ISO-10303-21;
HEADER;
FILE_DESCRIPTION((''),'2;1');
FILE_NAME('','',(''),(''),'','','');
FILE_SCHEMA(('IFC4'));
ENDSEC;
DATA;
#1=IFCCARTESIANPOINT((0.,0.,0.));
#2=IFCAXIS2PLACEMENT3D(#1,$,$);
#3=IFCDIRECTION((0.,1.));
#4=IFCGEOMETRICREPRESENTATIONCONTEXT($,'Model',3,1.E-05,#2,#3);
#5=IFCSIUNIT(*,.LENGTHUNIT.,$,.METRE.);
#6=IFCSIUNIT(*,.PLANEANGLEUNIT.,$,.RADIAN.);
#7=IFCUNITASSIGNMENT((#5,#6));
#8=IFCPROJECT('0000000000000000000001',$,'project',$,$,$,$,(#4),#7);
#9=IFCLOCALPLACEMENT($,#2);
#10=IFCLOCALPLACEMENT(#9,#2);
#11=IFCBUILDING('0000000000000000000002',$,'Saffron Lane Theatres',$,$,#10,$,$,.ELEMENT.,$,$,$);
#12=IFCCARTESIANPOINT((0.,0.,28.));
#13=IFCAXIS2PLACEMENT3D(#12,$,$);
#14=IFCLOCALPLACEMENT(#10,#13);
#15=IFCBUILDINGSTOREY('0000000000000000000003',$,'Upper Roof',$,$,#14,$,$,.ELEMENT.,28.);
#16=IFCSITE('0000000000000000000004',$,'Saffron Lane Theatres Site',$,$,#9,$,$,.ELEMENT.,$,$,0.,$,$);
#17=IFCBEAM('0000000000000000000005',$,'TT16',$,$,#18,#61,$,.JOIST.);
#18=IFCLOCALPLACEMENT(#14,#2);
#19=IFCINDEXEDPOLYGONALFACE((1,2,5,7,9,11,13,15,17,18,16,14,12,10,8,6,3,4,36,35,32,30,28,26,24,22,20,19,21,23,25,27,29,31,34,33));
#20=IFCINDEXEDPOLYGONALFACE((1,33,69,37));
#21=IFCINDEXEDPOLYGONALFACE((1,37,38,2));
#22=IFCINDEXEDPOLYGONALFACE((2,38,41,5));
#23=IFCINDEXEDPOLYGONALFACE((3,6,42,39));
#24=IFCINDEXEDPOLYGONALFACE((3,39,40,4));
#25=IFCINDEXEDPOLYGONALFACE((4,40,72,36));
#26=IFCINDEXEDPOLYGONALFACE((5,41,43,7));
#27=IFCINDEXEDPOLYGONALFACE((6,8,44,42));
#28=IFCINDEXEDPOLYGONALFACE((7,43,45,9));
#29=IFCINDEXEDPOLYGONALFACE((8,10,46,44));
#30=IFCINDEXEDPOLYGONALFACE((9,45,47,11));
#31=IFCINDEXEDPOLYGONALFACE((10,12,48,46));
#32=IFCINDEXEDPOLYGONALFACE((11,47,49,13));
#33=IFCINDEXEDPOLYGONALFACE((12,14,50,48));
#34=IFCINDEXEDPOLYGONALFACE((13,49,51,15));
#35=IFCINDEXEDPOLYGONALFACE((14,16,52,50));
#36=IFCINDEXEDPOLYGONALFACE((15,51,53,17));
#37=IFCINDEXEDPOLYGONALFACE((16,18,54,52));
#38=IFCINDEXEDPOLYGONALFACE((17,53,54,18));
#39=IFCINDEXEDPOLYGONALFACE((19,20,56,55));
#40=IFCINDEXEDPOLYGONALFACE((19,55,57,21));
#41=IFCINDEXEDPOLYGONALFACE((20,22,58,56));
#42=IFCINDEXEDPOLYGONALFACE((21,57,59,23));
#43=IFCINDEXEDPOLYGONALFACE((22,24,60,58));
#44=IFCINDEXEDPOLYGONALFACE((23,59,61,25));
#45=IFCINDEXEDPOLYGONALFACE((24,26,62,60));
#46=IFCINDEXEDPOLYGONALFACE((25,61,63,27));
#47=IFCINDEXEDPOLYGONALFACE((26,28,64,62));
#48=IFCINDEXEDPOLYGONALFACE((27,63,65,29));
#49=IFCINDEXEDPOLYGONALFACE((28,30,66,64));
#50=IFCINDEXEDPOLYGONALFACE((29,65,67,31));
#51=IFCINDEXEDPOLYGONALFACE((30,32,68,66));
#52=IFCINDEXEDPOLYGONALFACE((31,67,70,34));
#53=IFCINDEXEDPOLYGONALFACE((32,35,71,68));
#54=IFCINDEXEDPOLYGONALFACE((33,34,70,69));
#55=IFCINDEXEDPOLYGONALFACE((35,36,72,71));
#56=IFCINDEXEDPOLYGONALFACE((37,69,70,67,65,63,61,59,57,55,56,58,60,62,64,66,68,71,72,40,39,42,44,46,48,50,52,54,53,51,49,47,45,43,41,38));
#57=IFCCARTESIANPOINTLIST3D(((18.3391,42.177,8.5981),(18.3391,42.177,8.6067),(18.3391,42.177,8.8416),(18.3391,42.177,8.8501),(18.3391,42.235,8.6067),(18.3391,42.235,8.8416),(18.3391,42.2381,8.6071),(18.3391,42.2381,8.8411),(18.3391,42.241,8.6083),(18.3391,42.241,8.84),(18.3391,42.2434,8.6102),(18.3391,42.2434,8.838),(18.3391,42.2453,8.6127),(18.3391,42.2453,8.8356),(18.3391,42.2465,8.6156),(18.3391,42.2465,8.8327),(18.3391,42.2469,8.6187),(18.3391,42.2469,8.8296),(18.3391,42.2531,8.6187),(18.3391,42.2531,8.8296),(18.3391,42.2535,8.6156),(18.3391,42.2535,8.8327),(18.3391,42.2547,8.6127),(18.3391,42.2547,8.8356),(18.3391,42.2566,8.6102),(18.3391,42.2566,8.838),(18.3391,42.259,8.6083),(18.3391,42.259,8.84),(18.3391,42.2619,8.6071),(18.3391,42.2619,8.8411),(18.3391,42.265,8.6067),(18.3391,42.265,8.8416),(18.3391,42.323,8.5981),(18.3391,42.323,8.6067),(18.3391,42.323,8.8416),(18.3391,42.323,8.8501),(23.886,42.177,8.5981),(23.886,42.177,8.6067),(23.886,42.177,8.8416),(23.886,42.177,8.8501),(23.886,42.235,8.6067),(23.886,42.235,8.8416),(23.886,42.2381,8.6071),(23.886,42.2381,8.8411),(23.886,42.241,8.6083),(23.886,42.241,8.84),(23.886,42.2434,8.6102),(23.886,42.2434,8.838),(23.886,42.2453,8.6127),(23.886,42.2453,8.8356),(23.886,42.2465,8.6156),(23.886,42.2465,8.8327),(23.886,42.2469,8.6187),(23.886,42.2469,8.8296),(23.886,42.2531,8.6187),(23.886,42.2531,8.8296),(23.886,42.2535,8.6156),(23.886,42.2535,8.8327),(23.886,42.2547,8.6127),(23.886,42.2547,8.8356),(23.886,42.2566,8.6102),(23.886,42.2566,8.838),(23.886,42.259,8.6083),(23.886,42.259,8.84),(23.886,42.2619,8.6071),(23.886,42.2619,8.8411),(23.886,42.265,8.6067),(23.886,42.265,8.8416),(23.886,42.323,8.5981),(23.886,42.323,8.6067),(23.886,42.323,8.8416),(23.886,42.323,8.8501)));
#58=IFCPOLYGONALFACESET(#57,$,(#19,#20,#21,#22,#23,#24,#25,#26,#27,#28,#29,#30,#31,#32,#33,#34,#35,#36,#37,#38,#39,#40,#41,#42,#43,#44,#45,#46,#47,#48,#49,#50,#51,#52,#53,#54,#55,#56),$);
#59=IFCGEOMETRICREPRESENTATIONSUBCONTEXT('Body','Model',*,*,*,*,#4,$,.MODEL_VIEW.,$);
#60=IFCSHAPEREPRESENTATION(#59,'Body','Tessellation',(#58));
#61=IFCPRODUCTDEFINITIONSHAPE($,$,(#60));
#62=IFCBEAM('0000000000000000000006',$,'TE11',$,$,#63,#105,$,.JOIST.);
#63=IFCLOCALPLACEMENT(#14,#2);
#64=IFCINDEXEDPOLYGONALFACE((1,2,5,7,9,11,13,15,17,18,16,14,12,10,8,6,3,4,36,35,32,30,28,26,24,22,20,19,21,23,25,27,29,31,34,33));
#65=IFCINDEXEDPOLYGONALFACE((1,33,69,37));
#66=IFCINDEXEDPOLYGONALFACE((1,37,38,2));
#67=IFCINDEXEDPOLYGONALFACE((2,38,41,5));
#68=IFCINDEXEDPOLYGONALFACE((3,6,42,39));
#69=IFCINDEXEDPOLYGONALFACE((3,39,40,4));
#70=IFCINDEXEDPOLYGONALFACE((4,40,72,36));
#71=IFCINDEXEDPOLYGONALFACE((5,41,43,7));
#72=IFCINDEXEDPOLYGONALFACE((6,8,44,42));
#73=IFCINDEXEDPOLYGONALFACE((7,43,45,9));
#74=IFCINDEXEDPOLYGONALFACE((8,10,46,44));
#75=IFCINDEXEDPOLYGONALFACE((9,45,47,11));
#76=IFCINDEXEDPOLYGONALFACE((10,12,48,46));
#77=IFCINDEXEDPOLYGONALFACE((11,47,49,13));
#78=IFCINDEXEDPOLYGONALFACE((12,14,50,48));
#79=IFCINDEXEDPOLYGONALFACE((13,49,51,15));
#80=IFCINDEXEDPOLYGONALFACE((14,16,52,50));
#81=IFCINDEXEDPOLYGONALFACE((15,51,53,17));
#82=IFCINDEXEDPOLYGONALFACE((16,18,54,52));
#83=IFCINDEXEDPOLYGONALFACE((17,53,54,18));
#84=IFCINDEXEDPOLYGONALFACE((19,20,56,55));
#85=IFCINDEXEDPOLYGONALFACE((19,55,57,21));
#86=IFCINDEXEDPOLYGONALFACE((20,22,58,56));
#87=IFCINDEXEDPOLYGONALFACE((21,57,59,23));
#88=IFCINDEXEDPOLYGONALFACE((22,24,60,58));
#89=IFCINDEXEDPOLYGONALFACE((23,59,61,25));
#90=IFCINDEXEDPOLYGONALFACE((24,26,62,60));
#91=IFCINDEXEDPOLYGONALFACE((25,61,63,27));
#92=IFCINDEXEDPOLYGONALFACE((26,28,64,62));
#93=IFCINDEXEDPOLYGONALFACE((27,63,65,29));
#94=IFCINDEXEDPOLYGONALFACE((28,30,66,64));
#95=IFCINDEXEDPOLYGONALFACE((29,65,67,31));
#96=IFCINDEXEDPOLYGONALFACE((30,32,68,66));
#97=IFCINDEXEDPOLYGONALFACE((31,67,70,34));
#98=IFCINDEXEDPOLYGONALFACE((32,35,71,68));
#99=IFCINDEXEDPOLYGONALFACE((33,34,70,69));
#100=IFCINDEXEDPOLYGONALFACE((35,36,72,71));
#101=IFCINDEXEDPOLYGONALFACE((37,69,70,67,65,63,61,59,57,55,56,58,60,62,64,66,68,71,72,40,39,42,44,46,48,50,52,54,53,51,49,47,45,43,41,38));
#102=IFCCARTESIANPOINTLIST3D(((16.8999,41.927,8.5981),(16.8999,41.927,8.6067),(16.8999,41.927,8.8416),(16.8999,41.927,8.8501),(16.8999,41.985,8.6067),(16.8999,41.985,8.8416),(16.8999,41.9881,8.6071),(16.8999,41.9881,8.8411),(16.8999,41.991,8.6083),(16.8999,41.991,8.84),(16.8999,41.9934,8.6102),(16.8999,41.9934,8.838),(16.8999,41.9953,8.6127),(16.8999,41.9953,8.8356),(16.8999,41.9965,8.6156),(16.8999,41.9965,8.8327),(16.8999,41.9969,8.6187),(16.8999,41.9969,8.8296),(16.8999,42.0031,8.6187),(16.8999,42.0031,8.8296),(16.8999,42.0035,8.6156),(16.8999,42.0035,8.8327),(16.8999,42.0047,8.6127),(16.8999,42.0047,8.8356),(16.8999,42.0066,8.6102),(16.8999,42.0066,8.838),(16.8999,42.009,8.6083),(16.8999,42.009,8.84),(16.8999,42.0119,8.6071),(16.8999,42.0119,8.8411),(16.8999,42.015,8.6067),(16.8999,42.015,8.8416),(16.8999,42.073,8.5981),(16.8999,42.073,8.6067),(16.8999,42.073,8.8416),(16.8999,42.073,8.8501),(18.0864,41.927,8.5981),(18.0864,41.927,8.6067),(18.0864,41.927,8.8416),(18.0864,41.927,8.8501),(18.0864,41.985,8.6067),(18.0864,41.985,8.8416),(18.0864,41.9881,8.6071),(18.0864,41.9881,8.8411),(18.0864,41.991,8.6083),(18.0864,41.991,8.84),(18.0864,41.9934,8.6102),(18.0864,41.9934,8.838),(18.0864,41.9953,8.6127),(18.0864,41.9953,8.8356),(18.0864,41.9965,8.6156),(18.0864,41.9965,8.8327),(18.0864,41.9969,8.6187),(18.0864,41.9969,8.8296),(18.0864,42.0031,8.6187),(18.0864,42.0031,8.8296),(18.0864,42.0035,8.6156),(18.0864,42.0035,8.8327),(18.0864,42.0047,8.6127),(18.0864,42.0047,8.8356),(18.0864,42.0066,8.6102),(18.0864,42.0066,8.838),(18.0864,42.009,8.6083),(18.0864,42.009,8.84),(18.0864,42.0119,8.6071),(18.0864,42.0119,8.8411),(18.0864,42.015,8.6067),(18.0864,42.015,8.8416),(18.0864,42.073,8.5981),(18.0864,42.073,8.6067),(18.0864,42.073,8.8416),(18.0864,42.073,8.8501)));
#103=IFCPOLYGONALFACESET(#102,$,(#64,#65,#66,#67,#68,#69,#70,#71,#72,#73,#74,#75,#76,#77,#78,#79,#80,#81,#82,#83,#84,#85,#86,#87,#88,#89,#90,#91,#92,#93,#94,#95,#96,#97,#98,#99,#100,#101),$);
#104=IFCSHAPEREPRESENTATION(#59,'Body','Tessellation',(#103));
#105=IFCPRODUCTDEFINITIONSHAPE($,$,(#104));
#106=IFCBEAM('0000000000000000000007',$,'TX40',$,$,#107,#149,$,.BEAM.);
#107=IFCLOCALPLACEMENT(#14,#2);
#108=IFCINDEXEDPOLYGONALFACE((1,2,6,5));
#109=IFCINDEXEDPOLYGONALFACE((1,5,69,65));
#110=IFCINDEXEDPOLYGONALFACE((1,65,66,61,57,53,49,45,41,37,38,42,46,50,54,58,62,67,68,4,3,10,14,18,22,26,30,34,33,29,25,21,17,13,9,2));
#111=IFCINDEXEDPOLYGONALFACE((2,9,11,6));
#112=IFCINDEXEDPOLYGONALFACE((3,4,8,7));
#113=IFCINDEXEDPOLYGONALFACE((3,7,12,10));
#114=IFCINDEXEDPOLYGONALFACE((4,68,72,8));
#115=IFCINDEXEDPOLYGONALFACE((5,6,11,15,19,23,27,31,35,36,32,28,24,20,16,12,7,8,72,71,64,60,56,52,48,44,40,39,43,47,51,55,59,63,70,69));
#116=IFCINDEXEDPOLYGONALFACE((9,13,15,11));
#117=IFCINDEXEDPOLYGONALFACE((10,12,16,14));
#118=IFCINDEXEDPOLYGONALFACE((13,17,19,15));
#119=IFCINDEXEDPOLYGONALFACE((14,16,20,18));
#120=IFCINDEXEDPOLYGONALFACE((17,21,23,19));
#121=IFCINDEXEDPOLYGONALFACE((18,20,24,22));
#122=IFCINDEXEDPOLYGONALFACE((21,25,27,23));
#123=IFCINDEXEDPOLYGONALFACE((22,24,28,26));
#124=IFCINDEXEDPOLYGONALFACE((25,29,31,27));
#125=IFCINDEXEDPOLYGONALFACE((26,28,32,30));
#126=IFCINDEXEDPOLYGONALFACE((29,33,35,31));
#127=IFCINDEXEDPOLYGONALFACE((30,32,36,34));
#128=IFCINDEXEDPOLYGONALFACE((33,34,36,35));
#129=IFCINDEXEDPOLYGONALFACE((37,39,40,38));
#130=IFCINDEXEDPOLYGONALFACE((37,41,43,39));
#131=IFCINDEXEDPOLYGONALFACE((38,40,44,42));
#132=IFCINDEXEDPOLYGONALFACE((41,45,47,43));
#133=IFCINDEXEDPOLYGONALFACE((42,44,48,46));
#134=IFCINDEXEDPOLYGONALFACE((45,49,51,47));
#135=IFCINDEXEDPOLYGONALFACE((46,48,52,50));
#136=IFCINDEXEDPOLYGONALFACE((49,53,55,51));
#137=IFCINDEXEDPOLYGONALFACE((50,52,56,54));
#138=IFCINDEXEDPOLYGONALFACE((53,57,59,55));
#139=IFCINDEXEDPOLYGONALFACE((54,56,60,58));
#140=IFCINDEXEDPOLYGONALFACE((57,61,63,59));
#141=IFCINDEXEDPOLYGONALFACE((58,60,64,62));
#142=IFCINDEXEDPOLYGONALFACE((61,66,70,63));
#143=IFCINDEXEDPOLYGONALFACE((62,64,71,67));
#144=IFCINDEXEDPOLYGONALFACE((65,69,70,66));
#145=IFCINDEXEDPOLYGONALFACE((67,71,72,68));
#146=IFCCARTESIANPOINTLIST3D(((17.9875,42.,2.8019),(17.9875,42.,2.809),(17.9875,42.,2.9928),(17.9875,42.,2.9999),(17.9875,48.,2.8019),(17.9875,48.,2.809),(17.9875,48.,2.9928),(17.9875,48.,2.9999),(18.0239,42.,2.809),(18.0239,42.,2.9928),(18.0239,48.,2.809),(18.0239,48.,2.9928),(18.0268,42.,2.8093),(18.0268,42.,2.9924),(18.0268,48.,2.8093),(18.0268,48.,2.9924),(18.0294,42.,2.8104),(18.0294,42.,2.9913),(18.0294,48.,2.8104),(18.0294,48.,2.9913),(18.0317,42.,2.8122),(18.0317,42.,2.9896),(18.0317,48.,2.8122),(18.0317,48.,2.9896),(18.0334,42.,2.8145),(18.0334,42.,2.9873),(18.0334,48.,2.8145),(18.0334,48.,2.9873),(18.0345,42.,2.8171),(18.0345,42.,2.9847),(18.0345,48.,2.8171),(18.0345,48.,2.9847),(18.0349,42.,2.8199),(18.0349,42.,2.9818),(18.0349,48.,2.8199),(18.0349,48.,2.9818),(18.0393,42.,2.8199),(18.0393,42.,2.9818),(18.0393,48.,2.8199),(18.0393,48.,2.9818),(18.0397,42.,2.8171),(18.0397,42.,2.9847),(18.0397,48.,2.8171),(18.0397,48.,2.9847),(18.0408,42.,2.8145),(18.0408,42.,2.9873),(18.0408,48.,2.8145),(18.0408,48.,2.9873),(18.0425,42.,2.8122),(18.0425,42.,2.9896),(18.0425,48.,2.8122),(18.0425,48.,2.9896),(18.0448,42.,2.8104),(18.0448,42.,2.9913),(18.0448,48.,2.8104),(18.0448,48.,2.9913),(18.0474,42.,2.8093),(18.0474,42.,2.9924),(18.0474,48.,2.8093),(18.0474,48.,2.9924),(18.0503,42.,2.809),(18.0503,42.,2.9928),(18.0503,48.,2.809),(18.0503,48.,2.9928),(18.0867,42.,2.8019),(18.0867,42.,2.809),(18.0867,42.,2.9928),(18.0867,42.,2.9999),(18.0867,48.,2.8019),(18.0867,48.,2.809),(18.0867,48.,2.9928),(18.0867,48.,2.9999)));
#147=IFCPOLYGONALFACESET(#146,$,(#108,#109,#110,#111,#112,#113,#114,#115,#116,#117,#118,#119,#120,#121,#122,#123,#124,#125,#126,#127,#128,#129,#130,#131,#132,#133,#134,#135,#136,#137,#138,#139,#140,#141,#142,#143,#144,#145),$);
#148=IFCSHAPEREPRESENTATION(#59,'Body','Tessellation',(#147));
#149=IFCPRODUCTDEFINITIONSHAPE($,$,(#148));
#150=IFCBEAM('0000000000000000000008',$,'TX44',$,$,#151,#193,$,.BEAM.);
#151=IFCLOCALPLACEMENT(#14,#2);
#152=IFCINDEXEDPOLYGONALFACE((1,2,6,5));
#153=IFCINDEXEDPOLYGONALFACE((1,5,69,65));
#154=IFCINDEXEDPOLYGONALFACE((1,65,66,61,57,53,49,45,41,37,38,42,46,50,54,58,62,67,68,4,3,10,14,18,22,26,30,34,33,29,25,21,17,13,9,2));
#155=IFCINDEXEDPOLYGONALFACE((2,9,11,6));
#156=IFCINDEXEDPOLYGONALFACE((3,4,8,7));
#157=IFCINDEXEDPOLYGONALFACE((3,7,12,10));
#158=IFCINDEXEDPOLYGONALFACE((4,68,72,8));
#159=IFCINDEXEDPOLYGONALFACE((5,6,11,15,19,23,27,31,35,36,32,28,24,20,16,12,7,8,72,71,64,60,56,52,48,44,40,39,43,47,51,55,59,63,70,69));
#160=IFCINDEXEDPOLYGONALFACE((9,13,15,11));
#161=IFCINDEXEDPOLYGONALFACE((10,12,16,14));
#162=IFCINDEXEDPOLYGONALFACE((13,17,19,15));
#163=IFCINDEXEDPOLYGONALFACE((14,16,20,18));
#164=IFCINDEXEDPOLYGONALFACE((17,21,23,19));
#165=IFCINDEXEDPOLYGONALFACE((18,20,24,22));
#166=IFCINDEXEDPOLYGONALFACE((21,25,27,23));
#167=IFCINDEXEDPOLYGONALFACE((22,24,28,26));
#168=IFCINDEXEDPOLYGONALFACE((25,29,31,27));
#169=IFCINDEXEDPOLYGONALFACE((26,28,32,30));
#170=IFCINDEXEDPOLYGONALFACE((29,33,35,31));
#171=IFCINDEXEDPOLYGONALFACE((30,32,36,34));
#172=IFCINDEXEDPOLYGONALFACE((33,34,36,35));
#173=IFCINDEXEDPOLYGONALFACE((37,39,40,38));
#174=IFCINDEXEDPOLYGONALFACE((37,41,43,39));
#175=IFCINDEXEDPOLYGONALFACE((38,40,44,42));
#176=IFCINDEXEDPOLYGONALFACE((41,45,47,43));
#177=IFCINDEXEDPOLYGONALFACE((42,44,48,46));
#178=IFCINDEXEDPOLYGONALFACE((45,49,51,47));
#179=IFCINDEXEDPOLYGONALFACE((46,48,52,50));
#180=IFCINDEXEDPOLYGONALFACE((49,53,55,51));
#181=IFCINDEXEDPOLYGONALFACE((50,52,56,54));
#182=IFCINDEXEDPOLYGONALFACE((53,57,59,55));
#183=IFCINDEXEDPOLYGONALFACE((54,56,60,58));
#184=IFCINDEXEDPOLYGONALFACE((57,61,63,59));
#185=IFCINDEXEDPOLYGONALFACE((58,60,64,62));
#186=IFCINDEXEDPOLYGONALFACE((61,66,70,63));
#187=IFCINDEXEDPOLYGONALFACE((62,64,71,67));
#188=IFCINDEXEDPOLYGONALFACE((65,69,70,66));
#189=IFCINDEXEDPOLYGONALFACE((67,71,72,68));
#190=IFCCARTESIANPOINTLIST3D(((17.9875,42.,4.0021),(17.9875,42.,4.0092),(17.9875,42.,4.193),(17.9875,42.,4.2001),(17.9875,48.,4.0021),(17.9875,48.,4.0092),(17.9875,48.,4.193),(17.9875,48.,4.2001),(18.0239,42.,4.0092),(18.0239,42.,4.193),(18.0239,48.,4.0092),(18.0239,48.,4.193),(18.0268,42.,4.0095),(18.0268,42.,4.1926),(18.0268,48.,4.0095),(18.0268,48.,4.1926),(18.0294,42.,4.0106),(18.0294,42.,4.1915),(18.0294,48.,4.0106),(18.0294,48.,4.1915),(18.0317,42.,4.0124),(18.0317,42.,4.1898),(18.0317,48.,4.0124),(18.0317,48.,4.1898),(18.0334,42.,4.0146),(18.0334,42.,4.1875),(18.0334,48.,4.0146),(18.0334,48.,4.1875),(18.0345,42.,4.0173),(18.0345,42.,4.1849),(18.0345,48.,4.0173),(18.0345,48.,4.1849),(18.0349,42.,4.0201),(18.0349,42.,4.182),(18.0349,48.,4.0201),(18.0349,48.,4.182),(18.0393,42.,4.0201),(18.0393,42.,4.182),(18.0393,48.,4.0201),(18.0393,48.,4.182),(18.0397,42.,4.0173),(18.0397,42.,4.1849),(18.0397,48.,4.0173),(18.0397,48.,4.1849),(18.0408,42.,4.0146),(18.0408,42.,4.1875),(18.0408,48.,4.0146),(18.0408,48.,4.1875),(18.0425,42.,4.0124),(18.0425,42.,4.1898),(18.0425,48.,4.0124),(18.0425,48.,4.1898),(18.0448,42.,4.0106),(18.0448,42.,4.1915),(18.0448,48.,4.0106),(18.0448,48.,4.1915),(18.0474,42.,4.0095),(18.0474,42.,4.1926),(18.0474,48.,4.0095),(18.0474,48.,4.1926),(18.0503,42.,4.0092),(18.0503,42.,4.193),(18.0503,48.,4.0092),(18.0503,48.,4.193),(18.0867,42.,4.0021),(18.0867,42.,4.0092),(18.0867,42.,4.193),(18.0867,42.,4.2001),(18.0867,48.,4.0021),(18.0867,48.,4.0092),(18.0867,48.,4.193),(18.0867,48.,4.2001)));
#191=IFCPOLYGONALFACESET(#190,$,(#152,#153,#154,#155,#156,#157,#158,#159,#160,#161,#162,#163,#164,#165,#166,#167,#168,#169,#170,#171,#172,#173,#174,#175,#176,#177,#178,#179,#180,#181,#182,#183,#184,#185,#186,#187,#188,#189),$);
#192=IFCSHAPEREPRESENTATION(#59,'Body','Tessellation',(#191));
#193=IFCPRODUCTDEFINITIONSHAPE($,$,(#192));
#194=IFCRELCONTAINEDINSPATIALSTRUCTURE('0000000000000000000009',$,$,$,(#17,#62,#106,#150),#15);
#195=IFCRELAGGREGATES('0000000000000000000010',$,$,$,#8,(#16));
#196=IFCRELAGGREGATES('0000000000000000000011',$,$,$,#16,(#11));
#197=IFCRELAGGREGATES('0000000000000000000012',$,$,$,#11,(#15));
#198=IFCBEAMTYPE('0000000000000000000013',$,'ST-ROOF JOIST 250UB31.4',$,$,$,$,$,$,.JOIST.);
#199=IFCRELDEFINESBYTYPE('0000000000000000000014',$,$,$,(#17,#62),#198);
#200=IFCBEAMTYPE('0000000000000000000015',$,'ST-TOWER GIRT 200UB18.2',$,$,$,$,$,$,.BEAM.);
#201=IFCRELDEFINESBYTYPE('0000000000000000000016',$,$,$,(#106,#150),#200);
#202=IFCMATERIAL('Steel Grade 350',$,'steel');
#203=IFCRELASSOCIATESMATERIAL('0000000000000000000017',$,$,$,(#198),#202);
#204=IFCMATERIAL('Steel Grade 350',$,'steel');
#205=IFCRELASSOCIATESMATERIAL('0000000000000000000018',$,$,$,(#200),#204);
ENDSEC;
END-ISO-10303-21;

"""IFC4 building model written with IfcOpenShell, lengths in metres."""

from ifc_helpers import new_model, si_unit, direction, frame, origin, origin_2d, place, context, subcontext, project, spatial, i_section, extrude, material, material_profile, profile_set, type_object, element, save


model = new_model("IFC4")

# Units and contexts
model_context = context("Model", 3, precision=1e-05, world=origin(), true_north=direction((0.0, 1.0)))
body_context = subcontext(model_context, "Body", "Model", "MODEL_VIEW")
ifc_project = project(units=[si_unit("LENGTHUNIT", "METRE"), si_unit("PLANEANGLEUNIT", "RADIAN")], contexts=[model_context])

# Site, building, storey
site_placement = place(None, origin())
site = spatial("IfcSite", under=ifc_project, at=site_placement, Name="Saffron Lane Theatres Site", CompositionType="ELEMENT", RefElevation=0.0)
building_placement = place(site_placement, origin())
building = spatial("IfcBuilding", under=site, at=building_placement, Name="Saffron Lane Theatres", CompositionType="ELEMENT")
storey_placement = place(building_placement, frame((0.0, 0.0, 28.0)))
storey = spatial("IfcBuildingStorey", under=building, at=storey_placement, Name="Upper Roof", CompositionType="ELEMENT", Elevation=28.0)

# Beams
ifc_material_1 = material(Name="Steel Grade 350", Category="steel")
ifc_material_profile_1 = material_profile(ifc_material_1, i_section(OverallWidth=0.146, OverallDepth=0.252, WebThickness=0.0061, FlangeThickness=0.0085, FilletRadius=0.012, at=origin_2d()))
ifc_profile_set_1 = profile_set([ifc_material_profile_1], Name="Steel Grade 350")
beam_type_1 = type_object("IfcBeamType", Name="ST-ROOF JOIST 250UB31.4", PredefinedType="JOIST", material=ifc_profile_set_1)
for number, where, z_axis, x_axis, name in (
    (1, (18.3391, 42.25, 8.7241), (1.0, 0.0, 0.0), (0.0, 1.0, 0.0), "TT16"),
):
    element("IfcBeam", number, at=place(storey_placement, frame(where, z_axis=z_axis, x_axis=x_axis)), inside=storey, type_object=beam_type_1, Name=name, PredefinedType="JOIST", context=body_context, shape_type="SweptSolid", body=[
        extrude(i_section(OverallWidth=0.146, OverallDepth=0.252, WebThickness=0.0061, FlangeThickness=0.0085, FilletRadius=0.012, at=origin_2d()), origin(), (0.0, 0.0, 1.0), 5.5469),
    ])
beam_1_placement = place(storey_placement, frame((18.0864, 42.0, 8.7241), z_axis=(-1.0, 0.0, 0.0), x_axis=(0.0, -1.0, 0.0)))
element("IfcBeam", 2, at=beam_1_placement, inside=storey, type_object=beam_type_1, Name="TE11", PredefinedType="JOIST", context=body_context, shape_type="SweptSolid", body=[
    extrude(i_section(OverallWidth=0.146, OverallDepth=0.252, WebThickness=0.0061, FlangeThickness=0.0085, FilletRadius=0.012, at=origin_2d()), origin(), (0.0, 0.0, 1.0), 1.1865),
])
ifc_material_2 = material(Name="Steel Grade 350", Category="steel")
ifc_material_profile_2 = material_profile(ifc_material_2, i_section(OverallWidth=0.0991, OverallDepth=0.198, WebThickness=0.0044, FlangeThickness=0.0071, FilletRadius=0.011, at=origin_2d()))
ifc_profile_set_2 = profile_set([ifc_material_profile_2], Name="Steel Grade 350")
beam_type_2 = type_object("IfcBeamType", Name="ST-TOWER GIRT 200UB18.2", PredefinedType="BEAM", material=ifc_profile_set_2)
for number, where, z_axis, x_axis, name in (
    (3, (18.0371, 42.0, 2.9009), (0.0, 1.0, 0.0), (-1.0, 0.0, 0.0), "TX40"),
    (4, (18.0371, 42.0, 4.1011), (0.0, 1.0, 0.0), (-1.0, 0.0, 0.0), "TX44"),
):
    element("IfcBeam", number, at=place(storey_placement, frame(where, z_axis=z_axis, x_axis=x_axis)), inside=storey, type_object=beam_type_2, Name=name, PredefinedType="BEAM", context=body_context, shape_type="SweptSolid", body=[
        extrude(i_section(OverallWidth=0.0991, OverallDepth=0.198, WebThickness=0.0044, FlangeThickness=0.0071, FilletRadius=0.011, at=origin_2d()), origin(), (0.0, 0.0, 1.0), 6.0),
    ])

save(model, "model.ifc")
